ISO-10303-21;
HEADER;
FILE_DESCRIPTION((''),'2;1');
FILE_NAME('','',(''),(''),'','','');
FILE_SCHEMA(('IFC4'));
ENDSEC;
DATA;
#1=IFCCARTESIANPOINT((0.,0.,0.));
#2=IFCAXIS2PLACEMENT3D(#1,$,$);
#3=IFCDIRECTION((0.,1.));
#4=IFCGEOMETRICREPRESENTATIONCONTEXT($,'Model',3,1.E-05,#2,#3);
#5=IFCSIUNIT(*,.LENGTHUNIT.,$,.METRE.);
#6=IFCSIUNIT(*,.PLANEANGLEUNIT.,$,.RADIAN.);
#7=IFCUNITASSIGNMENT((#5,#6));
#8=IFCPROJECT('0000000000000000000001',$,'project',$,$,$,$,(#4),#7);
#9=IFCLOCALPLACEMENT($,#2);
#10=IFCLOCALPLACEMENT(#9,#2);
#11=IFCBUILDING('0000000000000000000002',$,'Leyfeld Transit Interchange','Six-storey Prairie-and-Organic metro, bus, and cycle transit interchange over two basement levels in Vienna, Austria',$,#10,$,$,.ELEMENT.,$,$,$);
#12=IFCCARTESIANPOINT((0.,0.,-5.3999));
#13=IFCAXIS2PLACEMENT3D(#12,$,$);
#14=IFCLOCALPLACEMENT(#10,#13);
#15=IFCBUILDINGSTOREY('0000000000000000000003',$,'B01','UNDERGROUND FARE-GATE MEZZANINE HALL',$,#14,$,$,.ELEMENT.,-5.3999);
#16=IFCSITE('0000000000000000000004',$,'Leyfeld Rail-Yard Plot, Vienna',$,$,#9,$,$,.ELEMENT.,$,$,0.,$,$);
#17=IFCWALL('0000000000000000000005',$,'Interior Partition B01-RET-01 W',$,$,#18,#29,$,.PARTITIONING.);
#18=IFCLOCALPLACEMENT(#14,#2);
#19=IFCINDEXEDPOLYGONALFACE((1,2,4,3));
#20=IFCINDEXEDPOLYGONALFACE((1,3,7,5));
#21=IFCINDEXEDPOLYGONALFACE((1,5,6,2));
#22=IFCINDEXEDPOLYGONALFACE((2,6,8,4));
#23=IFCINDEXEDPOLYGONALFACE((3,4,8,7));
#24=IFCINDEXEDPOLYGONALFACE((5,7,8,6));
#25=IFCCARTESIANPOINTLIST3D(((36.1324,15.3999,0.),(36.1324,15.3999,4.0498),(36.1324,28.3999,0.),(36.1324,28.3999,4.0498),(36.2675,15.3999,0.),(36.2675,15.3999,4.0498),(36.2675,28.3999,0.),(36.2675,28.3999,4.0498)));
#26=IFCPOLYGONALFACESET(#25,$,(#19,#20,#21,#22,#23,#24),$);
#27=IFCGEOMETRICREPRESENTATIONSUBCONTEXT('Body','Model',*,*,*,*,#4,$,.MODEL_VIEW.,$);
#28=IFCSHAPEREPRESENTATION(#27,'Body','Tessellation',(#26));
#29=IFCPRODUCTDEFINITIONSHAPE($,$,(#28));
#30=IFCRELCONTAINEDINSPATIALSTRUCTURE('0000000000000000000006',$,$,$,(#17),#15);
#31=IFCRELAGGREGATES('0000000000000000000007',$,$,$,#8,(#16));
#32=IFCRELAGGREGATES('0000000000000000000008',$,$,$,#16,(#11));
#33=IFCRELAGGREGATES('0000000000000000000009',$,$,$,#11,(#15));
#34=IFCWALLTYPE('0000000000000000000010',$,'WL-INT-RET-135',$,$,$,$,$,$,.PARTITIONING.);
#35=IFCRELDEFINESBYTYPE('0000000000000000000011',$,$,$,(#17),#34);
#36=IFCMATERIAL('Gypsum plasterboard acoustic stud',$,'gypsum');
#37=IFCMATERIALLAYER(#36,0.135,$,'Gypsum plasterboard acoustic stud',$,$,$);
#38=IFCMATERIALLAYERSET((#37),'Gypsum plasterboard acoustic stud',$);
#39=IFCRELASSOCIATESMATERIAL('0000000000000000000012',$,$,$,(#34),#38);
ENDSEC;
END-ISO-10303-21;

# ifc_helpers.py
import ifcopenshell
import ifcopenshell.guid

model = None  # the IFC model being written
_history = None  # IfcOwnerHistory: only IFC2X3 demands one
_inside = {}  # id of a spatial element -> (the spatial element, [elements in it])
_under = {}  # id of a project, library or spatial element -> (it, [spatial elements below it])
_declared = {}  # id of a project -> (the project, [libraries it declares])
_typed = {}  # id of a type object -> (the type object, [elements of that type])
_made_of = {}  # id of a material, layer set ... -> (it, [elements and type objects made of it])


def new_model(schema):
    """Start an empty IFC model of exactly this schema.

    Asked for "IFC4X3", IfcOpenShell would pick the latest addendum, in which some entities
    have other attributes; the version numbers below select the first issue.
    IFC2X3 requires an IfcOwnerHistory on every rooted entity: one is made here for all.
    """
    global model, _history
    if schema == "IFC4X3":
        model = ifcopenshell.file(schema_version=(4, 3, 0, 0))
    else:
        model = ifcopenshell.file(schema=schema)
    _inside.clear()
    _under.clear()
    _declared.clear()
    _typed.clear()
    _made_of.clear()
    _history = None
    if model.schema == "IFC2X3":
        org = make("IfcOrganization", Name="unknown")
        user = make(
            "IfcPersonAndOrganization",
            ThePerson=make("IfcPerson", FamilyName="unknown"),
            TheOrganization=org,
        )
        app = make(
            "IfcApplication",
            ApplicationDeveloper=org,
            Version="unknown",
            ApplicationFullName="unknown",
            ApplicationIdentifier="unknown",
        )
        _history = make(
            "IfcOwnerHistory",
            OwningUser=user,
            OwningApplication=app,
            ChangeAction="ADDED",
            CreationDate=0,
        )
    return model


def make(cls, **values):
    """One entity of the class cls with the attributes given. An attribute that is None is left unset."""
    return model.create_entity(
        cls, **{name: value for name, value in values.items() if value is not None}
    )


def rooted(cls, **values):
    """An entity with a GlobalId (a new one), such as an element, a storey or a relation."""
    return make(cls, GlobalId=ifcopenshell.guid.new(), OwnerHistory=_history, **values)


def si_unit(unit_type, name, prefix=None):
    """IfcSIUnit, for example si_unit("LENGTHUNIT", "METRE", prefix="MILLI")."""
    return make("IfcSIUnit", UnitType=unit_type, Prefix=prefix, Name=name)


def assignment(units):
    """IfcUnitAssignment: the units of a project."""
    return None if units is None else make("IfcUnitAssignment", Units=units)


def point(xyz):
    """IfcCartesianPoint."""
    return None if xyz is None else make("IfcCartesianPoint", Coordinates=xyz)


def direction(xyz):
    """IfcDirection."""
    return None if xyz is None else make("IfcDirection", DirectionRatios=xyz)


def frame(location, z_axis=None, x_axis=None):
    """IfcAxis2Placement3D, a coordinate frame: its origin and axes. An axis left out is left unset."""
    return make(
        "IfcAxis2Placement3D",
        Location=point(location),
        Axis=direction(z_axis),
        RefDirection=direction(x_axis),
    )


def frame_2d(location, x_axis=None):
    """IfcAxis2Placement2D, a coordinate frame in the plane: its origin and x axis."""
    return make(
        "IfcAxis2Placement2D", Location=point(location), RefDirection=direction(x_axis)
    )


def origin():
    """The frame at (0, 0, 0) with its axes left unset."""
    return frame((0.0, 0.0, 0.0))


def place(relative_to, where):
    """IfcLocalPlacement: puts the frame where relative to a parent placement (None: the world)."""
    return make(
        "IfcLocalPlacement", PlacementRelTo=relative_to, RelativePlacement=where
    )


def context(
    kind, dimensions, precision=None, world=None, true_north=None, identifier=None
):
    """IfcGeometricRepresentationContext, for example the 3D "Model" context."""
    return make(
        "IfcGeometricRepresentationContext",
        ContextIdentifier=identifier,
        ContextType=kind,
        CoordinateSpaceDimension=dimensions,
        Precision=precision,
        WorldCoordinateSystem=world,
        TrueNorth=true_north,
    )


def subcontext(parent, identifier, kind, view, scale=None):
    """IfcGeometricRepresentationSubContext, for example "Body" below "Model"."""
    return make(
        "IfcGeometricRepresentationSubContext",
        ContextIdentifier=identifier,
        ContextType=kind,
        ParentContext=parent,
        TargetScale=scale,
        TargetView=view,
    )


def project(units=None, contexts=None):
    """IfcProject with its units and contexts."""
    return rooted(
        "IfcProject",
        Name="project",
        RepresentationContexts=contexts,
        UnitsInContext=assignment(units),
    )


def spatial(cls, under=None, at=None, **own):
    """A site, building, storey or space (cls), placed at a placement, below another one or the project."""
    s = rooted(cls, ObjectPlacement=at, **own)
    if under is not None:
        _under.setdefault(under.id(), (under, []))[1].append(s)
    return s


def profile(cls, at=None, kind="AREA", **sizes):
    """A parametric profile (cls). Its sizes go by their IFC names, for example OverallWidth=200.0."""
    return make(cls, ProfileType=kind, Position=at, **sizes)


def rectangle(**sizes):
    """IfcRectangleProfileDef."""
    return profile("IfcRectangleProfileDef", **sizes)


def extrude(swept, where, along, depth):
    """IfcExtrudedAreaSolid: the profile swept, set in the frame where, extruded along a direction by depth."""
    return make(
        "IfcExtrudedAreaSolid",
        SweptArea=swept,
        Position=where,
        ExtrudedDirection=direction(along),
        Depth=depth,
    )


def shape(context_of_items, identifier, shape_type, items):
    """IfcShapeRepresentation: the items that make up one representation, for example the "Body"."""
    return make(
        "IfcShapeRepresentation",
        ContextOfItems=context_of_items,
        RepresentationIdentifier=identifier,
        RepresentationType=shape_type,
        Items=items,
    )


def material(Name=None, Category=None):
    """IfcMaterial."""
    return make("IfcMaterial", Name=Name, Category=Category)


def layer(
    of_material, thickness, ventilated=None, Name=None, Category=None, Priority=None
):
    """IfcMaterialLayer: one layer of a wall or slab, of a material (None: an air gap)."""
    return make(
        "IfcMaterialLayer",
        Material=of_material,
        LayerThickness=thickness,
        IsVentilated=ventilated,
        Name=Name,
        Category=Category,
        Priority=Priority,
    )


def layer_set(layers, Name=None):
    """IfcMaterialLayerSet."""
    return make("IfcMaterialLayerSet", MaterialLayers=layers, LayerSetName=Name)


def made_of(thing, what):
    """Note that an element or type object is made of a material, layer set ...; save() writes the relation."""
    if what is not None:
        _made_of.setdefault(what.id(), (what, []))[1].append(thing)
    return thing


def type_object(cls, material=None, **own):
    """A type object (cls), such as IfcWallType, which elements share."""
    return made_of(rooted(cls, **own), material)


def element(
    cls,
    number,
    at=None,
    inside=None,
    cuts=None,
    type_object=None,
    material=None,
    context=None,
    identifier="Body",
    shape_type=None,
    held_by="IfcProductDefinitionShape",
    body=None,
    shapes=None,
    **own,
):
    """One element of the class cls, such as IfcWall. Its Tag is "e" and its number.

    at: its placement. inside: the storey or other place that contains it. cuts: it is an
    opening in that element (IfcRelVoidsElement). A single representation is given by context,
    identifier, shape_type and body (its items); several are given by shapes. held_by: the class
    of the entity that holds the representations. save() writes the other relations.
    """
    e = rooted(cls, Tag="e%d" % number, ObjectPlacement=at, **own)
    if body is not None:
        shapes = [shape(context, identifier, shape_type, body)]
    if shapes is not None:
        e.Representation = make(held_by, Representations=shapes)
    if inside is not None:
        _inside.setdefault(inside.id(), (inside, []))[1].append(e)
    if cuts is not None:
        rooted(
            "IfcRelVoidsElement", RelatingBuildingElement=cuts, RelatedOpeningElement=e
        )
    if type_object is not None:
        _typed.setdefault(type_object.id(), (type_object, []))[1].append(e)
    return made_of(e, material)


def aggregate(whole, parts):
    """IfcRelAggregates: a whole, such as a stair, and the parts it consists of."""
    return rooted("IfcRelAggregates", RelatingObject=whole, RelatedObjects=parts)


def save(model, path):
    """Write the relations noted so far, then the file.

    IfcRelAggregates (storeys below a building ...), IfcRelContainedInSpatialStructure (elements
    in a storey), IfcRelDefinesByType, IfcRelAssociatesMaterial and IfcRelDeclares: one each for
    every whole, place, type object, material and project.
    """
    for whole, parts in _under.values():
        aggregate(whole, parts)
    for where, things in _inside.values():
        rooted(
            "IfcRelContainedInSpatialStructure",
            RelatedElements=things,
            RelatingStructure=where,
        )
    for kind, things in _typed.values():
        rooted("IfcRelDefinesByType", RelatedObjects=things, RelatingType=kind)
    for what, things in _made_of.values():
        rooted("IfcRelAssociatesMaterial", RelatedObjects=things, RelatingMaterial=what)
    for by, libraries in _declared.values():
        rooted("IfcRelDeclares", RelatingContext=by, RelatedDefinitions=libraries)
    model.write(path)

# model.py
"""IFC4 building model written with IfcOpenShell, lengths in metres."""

from ifc_helpers import new_model, si_unit, direction, frame, frame_2d, origin, place, context, subcontext, project, spatial, rectangle, extrude, material, layer, layer_set, type_object, element, save


model = new_model("IFC4")

# Units and contexts
model_context = context("Model", 3, precision=1e-05, world=origin(), true_north=direction((0.0, 1.0)))
body_context = subcontext(model_context, "Body", "Model", "MODEL_VIEW")
ifc_project = project(units=[si_unit("LENGTHUNIT", "METRE"), si_unit("PLANEANGLEUNIT", "RADIAN")], contexts=[model_context])

# Site, building, storey
site_placement = place(None, origin())
site = spatial("IfcSite", under=ifc_project, at=site_placement, Name="Leyfeld Rail-Yard Plot, Vienna", CompositionType="ELEMENT", RefElevation=0.0)
building_placement = place(site_placement, origin())
building = spatial("IfcBuilding", under=site, at=building_placement, Name="Leyfeld Transit Interchange", Description="Six-storey Prairie-and-Organic metro, bus, and cycle transit interchange over two basement levels in Vienna, Austria", CompositionType="ELEMENT")
storey_placement = place(building_placement, frame((0.0, 0.0, -5.3999)))
storey = spatial("IfcBuildingStorey", under=building, at=storey_placement, Name="B01", Description="UNDERGROUND FARE-GATE MEZZANINE HALL", CompositionType="ELEMENT", Elevation=-5.3999)

# Wall
ifc_material_1 = material(Name="Gypsum plasterboard acoustic stud", Category="gypsum")
ifc_layer_1 = layer(ifc_material_1, 0.135, Name="Gypsum plasterboard acoustic stud")
ifc_layer_set_1 = layer_set([ifc_layer_1], Name="Gypsum plasterboard acoustic stud")
wall_type_1 = type_object("IfcWallType", Name="WL-INT-RET-135", PredefinedType="PARTITIONING", material=ifc_layer_set_1)
for number, where, z_axis, x_axis, name in (
    (1, (36.2, 15.3999, 0.0), (0.0, 0.0, 1.0), (0.0, 1.0, 0.0), "Interior Partition B01-RET-01 W"),
):
    element("IfcWall", number, at=place(storey_placement, frame(where, z_axis=z_axis, x_axis=x_axis)), inside=storey, type_object=wall_type_1, Name=name, PredefinedType="PARTITIONING", context=body_context, shape_type="SweptSolid", body=[
        extrude(rectangle(XDim=13.0, YDim=0.135, at=frame_2d((6.5, 0.0))), origin(), (0.0, 0.0, 1.0), 4.0498),
    ])

save(model, "model.ifc")
